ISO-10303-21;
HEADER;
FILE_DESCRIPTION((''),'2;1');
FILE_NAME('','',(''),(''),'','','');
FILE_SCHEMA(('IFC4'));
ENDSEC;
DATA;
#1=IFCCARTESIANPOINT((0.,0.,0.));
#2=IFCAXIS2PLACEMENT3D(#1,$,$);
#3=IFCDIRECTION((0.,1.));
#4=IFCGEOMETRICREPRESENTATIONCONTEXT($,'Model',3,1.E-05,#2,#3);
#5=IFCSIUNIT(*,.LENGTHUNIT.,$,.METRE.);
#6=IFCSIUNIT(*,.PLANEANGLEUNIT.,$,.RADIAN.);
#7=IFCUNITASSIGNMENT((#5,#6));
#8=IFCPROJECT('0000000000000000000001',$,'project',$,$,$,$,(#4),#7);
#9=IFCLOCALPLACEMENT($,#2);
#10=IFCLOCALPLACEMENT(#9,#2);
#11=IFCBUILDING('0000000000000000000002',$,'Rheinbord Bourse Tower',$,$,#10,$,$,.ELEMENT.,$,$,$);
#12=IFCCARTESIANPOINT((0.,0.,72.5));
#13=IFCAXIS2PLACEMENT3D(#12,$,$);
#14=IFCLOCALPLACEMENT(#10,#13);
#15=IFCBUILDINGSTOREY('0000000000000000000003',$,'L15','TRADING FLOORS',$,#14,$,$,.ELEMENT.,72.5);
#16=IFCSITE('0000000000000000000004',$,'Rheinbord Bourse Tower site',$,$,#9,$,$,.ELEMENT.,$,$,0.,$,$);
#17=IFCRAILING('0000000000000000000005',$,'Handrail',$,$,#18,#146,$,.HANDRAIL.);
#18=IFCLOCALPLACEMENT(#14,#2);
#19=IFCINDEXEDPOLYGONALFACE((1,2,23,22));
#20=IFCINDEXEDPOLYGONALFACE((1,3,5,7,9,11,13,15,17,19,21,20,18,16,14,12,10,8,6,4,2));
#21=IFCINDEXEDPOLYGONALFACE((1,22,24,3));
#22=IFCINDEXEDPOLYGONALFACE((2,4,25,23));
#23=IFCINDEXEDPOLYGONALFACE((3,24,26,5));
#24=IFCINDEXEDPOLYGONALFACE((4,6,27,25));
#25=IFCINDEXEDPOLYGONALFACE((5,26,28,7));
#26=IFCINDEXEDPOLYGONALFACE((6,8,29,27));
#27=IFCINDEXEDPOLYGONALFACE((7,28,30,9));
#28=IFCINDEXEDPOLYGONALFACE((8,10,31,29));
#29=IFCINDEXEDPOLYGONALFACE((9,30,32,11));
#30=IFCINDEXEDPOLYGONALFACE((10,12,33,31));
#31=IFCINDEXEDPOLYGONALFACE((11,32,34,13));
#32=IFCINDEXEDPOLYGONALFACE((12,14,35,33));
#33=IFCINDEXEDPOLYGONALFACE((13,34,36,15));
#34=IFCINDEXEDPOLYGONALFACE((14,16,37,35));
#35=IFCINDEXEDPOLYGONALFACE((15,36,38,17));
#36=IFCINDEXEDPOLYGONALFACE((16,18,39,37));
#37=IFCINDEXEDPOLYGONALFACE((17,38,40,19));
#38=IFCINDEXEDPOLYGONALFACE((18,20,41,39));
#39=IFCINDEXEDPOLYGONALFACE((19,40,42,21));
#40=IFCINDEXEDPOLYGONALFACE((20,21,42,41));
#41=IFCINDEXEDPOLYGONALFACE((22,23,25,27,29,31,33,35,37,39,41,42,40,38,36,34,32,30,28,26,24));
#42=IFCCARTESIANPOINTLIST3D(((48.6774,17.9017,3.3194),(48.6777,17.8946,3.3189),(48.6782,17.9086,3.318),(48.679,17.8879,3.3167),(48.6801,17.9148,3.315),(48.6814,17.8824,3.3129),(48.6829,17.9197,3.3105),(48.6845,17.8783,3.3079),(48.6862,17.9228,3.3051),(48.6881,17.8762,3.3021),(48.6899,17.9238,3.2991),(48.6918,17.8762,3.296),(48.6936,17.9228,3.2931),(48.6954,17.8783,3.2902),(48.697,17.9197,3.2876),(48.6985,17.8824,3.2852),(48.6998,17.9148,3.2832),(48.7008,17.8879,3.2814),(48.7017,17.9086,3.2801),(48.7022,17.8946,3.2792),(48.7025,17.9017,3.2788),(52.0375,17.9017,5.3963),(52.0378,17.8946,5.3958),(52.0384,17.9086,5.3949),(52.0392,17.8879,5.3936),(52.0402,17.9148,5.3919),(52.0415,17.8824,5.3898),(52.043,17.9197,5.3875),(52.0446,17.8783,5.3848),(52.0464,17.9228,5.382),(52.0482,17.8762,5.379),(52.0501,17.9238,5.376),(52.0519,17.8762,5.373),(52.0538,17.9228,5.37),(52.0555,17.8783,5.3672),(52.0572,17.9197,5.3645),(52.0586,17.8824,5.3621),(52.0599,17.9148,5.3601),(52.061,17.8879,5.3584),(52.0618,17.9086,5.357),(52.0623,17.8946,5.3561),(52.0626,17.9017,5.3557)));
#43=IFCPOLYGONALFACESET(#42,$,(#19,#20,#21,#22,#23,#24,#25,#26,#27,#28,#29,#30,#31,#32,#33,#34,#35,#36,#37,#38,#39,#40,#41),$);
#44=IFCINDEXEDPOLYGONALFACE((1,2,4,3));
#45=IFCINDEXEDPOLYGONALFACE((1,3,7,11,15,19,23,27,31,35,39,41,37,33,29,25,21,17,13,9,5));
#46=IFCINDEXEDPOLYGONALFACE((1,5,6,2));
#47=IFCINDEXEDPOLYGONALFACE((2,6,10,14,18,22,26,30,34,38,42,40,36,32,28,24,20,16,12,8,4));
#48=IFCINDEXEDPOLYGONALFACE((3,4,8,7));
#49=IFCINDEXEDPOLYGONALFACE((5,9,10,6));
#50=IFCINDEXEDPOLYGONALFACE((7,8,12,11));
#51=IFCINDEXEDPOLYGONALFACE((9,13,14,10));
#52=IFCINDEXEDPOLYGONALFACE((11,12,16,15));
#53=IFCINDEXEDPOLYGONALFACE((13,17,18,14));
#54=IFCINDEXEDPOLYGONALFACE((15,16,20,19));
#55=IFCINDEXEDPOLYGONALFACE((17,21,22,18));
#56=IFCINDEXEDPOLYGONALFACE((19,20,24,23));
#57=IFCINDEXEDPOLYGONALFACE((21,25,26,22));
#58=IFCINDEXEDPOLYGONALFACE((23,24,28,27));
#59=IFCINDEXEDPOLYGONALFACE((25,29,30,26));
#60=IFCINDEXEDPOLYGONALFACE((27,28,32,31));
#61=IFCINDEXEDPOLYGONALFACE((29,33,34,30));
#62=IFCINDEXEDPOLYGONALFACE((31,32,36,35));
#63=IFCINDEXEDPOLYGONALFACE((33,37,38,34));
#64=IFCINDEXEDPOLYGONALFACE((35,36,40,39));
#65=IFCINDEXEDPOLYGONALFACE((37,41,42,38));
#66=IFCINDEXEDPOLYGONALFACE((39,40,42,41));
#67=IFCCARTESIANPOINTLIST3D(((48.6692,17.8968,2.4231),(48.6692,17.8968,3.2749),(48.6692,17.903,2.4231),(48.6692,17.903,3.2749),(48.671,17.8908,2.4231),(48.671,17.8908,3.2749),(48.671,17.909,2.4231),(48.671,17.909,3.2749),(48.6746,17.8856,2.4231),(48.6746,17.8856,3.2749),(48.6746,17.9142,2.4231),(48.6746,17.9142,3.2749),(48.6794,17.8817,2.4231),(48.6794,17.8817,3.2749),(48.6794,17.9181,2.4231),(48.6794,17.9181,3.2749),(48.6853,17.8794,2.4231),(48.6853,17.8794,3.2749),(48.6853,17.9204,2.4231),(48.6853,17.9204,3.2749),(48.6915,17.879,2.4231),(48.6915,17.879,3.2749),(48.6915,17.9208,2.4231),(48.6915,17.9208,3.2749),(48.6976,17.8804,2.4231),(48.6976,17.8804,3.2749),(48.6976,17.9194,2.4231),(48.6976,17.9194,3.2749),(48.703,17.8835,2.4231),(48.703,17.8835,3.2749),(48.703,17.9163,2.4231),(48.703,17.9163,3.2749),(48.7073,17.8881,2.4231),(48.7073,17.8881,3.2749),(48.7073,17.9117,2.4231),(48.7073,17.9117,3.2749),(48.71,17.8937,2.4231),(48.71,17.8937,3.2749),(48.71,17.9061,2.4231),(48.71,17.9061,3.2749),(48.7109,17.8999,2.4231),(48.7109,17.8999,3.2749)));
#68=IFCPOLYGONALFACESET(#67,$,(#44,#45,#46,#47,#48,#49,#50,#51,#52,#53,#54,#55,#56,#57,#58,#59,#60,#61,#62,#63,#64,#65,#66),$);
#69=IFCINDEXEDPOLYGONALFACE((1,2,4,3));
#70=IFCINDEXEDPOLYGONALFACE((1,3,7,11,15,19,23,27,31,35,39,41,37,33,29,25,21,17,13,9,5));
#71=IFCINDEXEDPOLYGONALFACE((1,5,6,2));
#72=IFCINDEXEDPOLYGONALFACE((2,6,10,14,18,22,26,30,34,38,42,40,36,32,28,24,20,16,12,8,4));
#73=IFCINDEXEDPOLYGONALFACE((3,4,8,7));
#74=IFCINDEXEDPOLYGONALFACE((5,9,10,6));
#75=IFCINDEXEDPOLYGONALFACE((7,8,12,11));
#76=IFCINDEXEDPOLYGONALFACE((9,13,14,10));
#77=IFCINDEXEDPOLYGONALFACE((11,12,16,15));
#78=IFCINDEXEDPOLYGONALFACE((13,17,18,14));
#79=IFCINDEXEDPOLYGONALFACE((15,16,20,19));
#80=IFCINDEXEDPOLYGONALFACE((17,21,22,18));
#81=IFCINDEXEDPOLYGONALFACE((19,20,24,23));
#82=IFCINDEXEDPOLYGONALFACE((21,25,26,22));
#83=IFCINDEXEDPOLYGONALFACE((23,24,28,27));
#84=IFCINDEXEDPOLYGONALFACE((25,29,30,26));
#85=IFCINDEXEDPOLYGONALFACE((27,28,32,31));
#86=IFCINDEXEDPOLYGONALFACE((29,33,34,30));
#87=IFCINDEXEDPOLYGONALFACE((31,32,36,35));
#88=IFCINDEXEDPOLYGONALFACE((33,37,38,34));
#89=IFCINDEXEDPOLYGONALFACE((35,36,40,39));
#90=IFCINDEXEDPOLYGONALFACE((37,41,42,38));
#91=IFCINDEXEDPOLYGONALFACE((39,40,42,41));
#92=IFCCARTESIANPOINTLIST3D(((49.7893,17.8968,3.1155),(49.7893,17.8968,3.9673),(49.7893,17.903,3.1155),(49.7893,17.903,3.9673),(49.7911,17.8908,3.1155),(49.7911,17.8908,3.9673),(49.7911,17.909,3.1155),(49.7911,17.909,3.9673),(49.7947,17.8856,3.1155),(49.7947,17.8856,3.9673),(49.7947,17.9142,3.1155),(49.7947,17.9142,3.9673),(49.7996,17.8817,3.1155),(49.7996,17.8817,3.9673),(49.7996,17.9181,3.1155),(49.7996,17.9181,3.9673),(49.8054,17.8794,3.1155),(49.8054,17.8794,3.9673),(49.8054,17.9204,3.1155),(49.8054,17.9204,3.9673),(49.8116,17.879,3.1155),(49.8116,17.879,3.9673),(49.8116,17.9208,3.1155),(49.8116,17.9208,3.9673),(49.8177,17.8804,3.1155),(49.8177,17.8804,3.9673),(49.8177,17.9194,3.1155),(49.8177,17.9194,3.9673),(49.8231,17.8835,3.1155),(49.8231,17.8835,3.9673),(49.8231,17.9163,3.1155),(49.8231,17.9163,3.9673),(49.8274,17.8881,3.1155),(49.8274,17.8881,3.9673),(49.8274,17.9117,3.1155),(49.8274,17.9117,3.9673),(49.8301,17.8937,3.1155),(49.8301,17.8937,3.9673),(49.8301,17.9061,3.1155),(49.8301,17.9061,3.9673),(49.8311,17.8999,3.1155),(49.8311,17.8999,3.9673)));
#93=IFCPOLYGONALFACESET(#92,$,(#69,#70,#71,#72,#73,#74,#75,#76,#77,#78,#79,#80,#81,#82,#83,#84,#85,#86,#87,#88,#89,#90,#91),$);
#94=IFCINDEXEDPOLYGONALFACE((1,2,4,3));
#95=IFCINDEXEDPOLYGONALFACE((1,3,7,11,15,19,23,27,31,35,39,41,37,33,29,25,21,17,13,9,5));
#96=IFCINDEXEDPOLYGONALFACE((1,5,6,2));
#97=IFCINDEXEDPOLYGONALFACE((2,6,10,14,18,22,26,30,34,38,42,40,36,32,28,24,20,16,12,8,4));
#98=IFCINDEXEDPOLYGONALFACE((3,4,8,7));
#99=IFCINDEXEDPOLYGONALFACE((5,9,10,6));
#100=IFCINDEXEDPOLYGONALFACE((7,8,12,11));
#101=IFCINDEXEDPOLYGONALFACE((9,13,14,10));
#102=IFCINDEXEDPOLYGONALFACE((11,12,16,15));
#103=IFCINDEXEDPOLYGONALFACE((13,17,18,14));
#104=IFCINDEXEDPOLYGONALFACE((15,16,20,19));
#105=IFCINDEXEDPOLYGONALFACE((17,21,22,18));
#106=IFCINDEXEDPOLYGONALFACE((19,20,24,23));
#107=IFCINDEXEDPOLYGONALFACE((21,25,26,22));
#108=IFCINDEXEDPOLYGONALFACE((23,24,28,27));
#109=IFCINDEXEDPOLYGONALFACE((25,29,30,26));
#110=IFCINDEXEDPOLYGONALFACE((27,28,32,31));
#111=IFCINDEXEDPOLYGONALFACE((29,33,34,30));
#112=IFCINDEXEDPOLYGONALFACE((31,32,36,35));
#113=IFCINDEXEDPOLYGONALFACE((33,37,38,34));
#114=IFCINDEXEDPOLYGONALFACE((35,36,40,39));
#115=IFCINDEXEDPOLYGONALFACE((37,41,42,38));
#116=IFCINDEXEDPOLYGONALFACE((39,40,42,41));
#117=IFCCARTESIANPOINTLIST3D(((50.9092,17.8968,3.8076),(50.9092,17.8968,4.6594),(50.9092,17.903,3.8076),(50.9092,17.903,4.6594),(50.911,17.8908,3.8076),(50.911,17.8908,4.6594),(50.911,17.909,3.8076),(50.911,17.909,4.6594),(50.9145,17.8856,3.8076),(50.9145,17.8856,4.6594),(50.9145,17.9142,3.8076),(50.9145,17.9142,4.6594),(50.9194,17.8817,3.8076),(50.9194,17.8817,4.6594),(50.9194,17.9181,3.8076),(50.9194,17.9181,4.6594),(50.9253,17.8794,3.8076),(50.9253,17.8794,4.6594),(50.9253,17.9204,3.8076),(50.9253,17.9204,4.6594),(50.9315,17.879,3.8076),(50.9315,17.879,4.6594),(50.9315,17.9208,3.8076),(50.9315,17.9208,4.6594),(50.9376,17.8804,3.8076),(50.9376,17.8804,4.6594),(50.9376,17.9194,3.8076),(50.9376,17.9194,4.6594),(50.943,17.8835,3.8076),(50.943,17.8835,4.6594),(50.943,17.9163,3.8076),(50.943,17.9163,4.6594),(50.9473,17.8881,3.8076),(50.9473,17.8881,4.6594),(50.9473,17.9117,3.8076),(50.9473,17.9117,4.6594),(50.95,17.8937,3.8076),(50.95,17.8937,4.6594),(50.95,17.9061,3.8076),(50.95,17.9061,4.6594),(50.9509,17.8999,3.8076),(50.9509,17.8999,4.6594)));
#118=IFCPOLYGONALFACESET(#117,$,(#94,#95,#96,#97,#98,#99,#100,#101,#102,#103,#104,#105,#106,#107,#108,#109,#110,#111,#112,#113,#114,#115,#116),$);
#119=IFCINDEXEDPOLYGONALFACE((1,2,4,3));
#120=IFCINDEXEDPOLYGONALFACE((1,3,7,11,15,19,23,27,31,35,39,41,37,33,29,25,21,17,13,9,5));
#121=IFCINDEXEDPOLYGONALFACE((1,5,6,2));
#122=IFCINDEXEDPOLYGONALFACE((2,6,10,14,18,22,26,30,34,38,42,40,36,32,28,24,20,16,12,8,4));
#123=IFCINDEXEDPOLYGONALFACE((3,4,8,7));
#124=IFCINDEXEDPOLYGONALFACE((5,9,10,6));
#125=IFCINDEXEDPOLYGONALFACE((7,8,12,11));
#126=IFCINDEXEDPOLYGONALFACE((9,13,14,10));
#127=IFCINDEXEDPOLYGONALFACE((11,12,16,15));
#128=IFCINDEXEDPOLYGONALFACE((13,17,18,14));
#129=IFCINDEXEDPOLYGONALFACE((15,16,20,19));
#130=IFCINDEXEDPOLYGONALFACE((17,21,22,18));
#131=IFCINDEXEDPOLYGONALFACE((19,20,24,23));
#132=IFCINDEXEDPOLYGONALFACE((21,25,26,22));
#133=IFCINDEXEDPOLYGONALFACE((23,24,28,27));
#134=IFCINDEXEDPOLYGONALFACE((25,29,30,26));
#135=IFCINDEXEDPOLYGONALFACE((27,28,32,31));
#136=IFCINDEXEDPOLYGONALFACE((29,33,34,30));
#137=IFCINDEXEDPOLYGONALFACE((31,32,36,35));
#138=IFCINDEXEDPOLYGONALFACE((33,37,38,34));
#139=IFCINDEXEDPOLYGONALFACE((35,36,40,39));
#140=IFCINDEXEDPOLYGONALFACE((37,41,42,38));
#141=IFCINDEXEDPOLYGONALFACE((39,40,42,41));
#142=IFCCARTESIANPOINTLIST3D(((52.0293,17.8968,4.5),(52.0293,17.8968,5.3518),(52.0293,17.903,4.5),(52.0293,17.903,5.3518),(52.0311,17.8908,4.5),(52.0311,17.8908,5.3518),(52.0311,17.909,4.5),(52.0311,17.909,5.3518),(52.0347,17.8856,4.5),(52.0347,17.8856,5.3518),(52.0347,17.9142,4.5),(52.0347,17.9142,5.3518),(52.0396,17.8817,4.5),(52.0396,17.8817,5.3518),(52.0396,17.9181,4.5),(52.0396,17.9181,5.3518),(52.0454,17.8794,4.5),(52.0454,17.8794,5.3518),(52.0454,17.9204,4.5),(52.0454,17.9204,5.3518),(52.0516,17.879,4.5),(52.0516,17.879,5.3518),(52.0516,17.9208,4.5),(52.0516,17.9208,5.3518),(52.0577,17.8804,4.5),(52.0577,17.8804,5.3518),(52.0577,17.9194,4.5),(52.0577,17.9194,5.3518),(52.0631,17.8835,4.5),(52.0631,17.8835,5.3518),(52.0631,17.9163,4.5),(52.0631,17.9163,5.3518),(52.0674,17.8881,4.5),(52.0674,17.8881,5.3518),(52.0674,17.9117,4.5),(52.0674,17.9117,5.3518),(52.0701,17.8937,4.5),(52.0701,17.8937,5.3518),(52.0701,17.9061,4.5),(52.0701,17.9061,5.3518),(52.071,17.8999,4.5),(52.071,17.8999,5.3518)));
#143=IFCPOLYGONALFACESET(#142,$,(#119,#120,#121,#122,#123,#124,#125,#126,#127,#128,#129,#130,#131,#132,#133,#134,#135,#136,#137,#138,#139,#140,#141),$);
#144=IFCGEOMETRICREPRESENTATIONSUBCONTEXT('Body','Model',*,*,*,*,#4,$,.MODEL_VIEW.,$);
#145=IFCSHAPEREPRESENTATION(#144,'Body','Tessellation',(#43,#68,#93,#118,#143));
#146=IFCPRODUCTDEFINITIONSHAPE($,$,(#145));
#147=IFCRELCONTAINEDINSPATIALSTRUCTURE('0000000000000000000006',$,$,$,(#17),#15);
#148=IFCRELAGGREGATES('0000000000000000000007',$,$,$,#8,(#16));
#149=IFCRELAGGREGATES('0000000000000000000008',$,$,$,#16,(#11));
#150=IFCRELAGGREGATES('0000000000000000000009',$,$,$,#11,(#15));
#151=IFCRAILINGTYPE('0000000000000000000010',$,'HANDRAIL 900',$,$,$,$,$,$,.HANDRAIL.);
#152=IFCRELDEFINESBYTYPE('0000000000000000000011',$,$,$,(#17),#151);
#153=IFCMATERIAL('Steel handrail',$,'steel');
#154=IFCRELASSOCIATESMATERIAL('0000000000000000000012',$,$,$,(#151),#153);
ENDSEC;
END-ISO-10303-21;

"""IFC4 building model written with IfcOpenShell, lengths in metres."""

from ifc_helpers import new_model, si_unit, direction, frame, origin, origin_2d, place, context, subcontext, project, spatial, circle, extrude, material, type_object, element, save


model = new_model("IFC4")

# Units and contexts
model_context = context("Model", 3, precision=1e-05, world=origin(), true_north=direction((0.0, 1.0)))
body_context = subcontext(model_context, "Body", "Model", "MODEL_VIEW")
ifc_project = project(units=[si_unit("LENGTHUNIT", "METRE"), si_unit("PLANEANGLEUNIT", "RADIAN")], contexts=[model_context])

# Site, building, storey
site_placement = place(None, origin())
site = spatial("IfcSite", under=ifc_project, at=site_placement, Name="Rheinbord Bourse Tower site", CompositionType="ELEMENT", RefElevation=0.0)
building_placement = place(site_placement, origin())
building = spatial("IfcBuilding", under=site, at=building_placement, Name="Rheinbord Bourse Tower", CompositionType="ELEMENT")
storey_placement = place(building_placement, frame((0.0, 0.0, 72.5)))
storey = spatial("IfcBuildingStorey", under=building, at=storey_placement, Name="L15", Description="TRADING FLOORS", CompositionType="ELEMENT", Elevation=72.5)

# Railing
ifc_material_1 = material(Name="Steel handrail", Category="steel")
railing_type = type_object("IfcRailingType", Name="HANDRAIL 900", PredefinedType="HANDRAIL", material=ifc_material_1)
railing_1_placement = place(storey_placement, frame((48.6899, 17.8999, 2.4231)))
element("IfcRailing", 1, at=railing_1_placement, inside=storey, type_object=railing_type, Name="Handrail", PredefinedType="HANDRAIL", context=body_context, shape_type="SweptSolid", body=[
    extrude(circle(Radius=0.0239, at=origin_2d()), frame((0.0, 0.0, 0.876), z_axis=(0.850623, 0.0, 0.525776), x_axis=(0.0, 1.0, 0.0)), (0.0, 0.0, 1.0), 3.9502),
    extrude(circle(Radius=0.021, at=origin_2d()), origin(), (0.0, 0.0, 1.0), 0.8518),
    extrude(circle(Radius=0.021, at=origin_2d()), frame((1.1201, 0.0, 0.6924)), (0.0, 0.0, 1.0), 0.8518),
    extrude(circle(Radius=0.021, at=origin_2d()), frame((2.24, 0.0, 1.3845)), (0.0, 0.0, 1.0), 0.8518),
    extrude(circle(Radius=0.021, at=origin_2d()), frame((3.3601, 0.0, 2.0769)), (0.0, 0.0, 1.0), 0.8518),
])

save(model, "model.ifc")
